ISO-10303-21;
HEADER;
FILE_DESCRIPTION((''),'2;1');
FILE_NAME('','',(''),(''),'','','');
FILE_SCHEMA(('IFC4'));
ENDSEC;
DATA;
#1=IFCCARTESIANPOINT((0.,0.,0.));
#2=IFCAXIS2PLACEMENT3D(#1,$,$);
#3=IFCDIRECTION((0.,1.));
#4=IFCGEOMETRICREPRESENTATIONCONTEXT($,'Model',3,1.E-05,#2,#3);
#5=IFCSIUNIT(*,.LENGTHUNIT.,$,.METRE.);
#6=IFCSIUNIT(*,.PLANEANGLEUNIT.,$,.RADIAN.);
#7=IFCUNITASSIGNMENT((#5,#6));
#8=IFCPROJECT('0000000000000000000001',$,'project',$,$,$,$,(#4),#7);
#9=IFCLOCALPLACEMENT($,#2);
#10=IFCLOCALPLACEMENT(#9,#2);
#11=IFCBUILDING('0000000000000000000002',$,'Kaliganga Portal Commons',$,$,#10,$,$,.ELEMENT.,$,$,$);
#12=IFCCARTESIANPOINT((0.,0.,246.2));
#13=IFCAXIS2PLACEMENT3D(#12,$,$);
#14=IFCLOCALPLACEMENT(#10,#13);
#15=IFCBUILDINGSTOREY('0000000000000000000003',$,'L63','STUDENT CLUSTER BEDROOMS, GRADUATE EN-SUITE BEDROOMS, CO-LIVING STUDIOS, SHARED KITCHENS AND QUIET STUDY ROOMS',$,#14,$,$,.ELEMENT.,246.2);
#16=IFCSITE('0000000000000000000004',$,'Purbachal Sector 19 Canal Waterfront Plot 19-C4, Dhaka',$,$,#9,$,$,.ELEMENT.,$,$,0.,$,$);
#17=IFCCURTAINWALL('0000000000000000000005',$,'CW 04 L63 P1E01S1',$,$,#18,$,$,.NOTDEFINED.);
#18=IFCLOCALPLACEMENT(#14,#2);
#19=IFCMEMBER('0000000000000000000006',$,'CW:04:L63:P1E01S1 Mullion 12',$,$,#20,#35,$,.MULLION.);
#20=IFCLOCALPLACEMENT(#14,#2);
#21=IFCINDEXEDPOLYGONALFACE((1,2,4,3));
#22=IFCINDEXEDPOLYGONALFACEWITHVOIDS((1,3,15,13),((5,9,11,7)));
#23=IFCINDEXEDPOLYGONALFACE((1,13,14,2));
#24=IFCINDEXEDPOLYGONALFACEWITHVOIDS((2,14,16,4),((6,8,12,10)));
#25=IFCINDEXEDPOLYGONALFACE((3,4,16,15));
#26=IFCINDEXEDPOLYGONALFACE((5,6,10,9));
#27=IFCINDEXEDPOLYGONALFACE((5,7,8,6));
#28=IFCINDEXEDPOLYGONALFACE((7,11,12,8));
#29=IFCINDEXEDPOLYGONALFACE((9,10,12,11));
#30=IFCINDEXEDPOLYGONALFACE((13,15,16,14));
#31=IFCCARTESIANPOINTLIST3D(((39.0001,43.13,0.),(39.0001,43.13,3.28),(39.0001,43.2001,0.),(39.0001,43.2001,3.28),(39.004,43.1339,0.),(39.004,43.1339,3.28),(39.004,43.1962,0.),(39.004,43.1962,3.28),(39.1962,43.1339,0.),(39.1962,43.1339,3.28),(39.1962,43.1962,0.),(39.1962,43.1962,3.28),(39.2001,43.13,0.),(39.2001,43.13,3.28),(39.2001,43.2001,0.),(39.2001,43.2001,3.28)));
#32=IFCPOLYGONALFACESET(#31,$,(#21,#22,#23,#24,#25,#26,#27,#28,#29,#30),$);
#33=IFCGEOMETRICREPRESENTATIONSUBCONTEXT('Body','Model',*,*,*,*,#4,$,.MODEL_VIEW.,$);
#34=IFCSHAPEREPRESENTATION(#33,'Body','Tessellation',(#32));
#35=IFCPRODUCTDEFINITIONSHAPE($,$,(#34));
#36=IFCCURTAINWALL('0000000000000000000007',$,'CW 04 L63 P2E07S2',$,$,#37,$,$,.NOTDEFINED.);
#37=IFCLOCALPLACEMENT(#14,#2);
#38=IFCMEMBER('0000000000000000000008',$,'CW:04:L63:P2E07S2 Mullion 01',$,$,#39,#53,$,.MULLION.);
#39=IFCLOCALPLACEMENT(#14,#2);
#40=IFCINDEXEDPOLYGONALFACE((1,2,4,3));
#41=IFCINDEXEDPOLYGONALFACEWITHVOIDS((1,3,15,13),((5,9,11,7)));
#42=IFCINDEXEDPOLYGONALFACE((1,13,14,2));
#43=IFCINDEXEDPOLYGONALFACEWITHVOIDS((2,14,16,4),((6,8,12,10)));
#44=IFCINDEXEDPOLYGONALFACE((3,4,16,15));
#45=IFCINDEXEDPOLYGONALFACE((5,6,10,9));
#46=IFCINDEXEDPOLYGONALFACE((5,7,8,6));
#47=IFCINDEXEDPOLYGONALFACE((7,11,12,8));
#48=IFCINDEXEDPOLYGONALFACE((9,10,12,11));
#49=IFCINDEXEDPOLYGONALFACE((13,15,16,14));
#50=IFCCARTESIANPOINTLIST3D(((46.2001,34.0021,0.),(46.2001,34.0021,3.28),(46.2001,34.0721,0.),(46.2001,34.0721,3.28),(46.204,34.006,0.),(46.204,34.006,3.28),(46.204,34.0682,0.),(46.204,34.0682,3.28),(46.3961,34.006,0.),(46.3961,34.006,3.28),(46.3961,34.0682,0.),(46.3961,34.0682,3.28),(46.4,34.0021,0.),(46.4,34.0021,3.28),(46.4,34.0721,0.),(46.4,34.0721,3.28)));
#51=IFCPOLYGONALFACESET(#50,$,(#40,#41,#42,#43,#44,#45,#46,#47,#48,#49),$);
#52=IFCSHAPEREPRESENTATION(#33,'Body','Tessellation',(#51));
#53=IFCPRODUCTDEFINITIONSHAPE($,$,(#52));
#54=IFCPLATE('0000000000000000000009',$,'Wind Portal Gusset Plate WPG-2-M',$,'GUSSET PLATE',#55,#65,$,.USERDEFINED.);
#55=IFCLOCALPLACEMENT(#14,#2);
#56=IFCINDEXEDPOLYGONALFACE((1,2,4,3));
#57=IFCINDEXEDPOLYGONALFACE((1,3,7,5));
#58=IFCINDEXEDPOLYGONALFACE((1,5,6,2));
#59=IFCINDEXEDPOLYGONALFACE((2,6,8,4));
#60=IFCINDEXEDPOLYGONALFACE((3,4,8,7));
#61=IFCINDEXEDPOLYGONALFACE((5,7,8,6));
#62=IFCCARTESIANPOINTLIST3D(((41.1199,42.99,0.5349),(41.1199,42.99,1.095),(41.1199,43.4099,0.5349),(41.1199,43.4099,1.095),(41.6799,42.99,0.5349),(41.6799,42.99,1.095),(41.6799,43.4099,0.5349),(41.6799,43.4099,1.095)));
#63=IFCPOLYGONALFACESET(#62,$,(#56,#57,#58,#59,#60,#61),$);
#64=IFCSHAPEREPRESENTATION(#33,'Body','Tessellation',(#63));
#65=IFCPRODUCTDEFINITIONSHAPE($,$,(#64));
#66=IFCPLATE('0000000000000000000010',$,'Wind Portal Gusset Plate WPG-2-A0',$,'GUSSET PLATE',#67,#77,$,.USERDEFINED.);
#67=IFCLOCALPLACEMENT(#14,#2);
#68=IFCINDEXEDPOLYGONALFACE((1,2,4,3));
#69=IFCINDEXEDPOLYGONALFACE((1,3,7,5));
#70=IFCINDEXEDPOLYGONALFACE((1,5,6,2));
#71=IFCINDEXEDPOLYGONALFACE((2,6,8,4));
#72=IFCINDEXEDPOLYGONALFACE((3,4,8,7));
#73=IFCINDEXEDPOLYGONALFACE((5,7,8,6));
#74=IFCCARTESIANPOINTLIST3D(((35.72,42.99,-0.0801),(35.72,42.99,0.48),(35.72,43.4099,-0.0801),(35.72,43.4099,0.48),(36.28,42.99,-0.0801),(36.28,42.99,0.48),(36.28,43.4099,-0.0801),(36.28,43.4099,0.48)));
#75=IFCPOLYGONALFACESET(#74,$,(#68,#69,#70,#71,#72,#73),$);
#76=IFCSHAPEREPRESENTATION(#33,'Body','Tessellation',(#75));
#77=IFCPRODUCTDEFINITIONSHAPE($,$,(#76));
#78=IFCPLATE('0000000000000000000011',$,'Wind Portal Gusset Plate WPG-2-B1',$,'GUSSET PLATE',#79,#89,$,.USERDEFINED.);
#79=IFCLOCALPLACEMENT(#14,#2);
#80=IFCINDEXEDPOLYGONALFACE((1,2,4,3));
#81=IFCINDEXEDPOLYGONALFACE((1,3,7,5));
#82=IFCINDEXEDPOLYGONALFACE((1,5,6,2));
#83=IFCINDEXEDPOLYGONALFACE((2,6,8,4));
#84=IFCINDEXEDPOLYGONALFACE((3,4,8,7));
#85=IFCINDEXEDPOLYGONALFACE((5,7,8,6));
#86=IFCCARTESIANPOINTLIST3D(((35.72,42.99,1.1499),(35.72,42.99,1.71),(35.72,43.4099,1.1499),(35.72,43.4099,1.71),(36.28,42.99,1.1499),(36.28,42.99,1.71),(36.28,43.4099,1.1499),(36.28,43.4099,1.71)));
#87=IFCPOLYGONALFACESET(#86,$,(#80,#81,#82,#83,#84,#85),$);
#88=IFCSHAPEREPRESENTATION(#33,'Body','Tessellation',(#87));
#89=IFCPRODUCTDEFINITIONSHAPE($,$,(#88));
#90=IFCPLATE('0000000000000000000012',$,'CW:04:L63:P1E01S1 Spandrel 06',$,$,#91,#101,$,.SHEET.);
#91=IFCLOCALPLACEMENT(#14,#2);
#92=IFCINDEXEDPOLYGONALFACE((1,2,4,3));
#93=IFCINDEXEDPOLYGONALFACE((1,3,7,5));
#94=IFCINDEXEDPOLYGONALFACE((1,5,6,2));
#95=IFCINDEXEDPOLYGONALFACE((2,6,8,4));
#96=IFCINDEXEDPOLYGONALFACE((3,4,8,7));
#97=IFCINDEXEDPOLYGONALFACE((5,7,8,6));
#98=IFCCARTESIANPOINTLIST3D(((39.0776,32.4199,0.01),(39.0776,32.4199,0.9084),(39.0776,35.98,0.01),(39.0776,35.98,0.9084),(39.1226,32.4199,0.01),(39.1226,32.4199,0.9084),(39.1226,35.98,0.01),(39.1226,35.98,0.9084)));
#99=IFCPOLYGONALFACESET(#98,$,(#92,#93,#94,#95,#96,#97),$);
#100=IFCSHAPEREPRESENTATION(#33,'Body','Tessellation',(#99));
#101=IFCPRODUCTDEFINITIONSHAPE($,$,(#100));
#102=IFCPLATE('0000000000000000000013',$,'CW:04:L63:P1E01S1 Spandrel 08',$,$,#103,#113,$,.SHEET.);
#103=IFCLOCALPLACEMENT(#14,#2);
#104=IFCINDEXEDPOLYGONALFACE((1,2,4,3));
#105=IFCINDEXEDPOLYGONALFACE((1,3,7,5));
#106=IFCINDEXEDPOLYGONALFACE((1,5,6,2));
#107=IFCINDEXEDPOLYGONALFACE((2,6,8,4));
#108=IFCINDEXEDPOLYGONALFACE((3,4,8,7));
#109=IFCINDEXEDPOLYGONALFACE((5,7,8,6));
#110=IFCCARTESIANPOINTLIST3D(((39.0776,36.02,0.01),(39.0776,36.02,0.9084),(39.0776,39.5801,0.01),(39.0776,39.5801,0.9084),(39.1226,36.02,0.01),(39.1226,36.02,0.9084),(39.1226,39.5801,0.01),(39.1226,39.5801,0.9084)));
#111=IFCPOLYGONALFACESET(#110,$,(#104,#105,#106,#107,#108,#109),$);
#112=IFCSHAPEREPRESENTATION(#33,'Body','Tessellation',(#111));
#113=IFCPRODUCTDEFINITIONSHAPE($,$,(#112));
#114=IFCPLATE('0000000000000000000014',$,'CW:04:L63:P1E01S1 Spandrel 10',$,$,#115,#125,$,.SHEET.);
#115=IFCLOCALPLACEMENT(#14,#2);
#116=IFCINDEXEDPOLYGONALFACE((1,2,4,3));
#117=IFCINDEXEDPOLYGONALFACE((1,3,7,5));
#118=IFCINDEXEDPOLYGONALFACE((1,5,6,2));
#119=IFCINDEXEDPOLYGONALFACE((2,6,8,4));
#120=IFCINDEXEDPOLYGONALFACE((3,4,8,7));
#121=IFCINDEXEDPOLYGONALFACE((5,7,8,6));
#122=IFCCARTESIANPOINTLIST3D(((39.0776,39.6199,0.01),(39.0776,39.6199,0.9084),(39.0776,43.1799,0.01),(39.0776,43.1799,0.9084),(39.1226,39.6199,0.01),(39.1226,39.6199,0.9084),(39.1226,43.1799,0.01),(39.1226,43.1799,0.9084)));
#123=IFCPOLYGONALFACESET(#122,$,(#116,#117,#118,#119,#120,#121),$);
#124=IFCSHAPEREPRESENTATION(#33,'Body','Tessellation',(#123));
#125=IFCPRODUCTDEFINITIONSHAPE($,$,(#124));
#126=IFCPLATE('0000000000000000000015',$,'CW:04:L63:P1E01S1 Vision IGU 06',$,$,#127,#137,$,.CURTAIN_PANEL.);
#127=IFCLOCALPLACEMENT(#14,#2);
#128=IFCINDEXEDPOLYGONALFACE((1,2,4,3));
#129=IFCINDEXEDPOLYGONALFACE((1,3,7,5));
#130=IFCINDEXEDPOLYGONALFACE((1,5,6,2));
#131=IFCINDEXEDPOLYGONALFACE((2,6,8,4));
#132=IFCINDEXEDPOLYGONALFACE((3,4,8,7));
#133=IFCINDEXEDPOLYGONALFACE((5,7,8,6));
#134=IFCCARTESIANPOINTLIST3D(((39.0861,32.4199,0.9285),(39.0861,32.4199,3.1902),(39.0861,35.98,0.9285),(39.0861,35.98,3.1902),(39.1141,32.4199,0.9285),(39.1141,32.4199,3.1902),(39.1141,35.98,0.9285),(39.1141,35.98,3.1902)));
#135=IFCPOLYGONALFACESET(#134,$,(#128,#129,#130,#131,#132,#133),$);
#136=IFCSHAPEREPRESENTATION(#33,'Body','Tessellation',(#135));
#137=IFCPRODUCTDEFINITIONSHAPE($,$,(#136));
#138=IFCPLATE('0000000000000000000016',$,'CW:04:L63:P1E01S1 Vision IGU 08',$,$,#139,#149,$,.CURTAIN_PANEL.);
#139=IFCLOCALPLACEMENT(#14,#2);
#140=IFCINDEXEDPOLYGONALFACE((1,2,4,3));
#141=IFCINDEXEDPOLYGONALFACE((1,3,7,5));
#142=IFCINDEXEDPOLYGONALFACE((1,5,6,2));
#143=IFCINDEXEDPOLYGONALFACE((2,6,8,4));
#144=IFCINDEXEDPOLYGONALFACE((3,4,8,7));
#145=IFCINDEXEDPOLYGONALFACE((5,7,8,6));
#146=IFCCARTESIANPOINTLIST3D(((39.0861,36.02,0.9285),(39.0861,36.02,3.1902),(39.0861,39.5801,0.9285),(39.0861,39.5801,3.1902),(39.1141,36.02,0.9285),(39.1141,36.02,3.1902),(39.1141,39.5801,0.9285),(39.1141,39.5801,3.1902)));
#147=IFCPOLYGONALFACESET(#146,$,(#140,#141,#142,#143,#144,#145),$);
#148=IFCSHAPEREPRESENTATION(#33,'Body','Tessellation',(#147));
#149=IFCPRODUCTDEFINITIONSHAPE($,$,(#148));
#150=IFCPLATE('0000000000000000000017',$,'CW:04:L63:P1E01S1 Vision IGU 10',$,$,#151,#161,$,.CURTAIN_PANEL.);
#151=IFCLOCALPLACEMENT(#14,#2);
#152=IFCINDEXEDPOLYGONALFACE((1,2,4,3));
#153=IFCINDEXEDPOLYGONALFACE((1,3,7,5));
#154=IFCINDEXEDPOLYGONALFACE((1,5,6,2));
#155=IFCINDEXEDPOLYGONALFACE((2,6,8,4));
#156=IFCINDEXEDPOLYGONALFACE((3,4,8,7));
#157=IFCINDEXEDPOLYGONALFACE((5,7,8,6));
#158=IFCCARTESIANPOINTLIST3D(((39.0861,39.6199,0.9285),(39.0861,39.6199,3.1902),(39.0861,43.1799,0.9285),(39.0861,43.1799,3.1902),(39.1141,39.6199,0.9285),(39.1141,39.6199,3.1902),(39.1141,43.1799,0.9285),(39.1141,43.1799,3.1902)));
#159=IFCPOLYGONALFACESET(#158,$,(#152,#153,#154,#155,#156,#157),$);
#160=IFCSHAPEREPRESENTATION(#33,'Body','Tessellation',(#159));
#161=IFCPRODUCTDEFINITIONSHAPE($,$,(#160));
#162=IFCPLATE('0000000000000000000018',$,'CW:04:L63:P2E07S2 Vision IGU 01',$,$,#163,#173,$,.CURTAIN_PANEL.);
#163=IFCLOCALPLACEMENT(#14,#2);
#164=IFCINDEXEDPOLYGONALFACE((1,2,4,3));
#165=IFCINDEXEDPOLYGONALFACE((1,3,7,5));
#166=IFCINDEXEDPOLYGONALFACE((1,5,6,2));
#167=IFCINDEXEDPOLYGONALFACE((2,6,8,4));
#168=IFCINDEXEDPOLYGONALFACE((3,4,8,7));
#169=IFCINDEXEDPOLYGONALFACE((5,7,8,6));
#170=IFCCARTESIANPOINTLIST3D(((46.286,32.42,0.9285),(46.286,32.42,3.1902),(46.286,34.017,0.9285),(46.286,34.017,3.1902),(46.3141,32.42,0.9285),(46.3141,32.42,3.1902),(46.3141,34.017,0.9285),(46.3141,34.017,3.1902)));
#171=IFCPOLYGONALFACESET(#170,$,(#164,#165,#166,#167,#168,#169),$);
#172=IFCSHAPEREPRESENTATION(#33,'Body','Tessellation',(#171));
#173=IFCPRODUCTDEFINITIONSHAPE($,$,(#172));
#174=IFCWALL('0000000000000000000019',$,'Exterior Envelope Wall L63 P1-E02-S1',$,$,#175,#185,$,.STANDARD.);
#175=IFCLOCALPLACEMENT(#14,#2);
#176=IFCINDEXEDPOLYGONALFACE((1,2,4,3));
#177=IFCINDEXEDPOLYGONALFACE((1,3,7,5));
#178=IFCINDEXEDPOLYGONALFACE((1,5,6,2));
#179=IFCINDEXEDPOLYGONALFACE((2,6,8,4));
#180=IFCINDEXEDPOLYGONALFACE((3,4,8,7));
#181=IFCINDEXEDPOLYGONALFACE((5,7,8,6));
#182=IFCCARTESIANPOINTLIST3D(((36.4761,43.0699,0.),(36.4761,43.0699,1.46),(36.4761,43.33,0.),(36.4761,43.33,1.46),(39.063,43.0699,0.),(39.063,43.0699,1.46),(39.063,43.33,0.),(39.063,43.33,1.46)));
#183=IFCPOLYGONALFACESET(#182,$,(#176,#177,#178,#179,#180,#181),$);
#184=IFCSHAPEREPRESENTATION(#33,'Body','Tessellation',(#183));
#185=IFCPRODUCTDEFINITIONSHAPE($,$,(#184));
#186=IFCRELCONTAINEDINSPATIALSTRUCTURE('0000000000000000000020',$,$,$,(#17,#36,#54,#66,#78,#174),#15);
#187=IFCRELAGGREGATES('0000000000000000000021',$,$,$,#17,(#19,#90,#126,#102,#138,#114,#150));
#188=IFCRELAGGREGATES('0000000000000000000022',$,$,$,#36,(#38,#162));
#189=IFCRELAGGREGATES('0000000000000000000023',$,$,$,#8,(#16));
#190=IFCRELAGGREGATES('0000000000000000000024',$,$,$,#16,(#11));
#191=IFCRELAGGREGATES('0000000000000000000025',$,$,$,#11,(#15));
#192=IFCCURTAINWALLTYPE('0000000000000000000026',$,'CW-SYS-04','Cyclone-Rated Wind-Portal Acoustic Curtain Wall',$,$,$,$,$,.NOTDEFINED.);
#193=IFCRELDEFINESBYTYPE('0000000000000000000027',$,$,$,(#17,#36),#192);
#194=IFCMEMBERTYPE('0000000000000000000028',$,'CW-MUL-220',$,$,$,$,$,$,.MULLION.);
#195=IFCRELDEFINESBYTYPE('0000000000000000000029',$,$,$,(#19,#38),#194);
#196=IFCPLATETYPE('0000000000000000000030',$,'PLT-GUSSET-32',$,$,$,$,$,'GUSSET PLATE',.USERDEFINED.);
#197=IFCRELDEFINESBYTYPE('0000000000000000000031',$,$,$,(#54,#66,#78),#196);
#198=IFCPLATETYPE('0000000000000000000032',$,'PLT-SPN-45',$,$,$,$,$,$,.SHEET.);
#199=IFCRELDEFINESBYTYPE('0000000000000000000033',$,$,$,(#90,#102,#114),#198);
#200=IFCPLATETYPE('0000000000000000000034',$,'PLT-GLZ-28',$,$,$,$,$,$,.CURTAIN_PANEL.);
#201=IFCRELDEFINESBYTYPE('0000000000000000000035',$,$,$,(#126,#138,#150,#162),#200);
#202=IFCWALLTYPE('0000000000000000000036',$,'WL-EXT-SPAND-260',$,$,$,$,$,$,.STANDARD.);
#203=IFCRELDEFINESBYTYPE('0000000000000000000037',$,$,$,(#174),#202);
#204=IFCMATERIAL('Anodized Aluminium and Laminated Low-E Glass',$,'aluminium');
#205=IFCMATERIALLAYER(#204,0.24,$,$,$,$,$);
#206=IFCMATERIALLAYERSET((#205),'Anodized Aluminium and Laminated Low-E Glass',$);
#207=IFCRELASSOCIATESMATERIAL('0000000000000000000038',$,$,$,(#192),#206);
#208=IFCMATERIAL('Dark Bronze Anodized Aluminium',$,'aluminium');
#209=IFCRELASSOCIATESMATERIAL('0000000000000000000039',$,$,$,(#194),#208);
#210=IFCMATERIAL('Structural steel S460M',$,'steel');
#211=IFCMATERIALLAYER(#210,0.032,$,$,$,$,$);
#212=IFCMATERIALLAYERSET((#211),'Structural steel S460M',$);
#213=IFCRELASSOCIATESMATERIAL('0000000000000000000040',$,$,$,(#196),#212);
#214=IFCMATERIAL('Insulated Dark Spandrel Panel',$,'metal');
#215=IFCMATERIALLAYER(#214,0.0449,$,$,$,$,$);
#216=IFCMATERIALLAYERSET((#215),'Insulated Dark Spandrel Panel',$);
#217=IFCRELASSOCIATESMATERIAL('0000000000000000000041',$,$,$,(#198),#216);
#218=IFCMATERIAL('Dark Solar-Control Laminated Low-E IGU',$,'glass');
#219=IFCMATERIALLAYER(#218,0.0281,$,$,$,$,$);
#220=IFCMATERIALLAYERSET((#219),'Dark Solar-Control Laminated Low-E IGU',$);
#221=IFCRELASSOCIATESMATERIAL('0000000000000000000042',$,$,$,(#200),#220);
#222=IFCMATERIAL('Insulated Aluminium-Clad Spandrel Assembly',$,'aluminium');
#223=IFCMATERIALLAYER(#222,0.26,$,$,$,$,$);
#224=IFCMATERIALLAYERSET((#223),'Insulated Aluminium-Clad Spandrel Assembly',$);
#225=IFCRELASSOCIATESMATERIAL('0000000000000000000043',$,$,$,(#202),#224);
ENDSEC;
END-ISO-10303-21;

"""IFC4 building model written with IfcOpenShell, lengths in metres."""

from ifc_helpers import new_model, si_unit, direction, frame, frame_2d, origin, origin_2d, place, context, subcontext, project, spatial, rectangle, hollow_rectangle, extrude, source, transform, mapped, material, layer, layer_set, material_profile, profile_set, type_object, element, aggregate, save


model = new_model("IFC4")

# Units and contexts
model_context = context("Model", 3, precision=1e-05, world=origin(), true_north=direction((0.0, 1.0)))
body_context = subcontext(model_context, "Body", "Model", "MODEL_VIEW")
ifc_project = project(units=[si_unit("LENGTHUNIT", "METRE"), si_unit("PLANEANGLEUNIT", "RADIAN")], contexts=[model_context])

# Site, building, storey
site_placement = place(None, origin())
site = spatial("IfcSite", under=ifc_project, at=site_placement, Name="Purbachal Sector 19 Canal Waterfront Plot 19-C4, Dhaka", CompositionType="ELEMENT", RefElevation=0.0)
building_placement = place(site_placement, origin())
building = spatial("IfcBuilding", under=site, at=building_placement, Name="Kaliganga Portal Commons", CompositionType="ELEMENT")
storey_placement = place(building_placement, frame((0.0, 0.0, 246.2)))
storey = spatial("IfcBuildingStorey", under=building, at=storey_placement, Name="L63", Description="STUDENT CLUSTER BEDROOMS, GRADUATE EN-SUITE BEDROOMS, CO-LIVING STUDIOS, SHARED KITCHENS AND QUIET STUDY ROOMS", CompositionType="ELEMENT", Elevation=246.2)

# Shared definitions
ifc_material_1 = material(Name="Structural steel S460M", Category="steel")

# Curtain wall, member
ifc_material_2 = material(Name="Anodized Aluminium and Laminated Low-E Glass", Category="aluminium")
ifc_layer_1 = layer(ifc_material_2, 0.24)
ifc_layer_set_1 = layer_set([ifc_layer_1], Name="Anodized Aluminium and Laminated Low-E Glass")
curtain_wall_type = type_object("IfcCurtainWallType", Name="CW-SYS-04", Description="Cyclone-Rated Wind-Portal Acoustic Curtain Wall", PredefinedType="NOTDEFINED", material=ifc_layer_set_1)
curtain_wall_1_placement = place(storey_placement, origin())
curtain_wall_1 = element("IfcCurtainWall", 1, at=curtain_wall_1_placement, inside=storey, type_object=curtain_wall_type, Name="CW 04 L63 P1E01S1", PredefinedType="NOTDEFINED")
ifc_material_3 = material(Name="Dark Bronze Anodized Aluminium", Category="aluminium")
ifc_material_profile_1 = material_profile(ifc_material_3, hollow_rectangle(XDim=0.0701, YDim=0.2, WallThickness=0.0039, at=origin_2d()), Name="ALU MULL 70x200x4")
ifc_profile_set_1 = profile_set([ifc_material_profile_1], Name="Dark Bronze Anodized Aluminium")
member_type_1 = type_object("IfcMemberType", Name="CW-MUL-220", PredefinedType="MULLION", material=ifc_profile_set_1)
shared_shape_1 = source(origin(), body_context, "Body", "SweptSolid", [
    extrude(hollow_rectangle(XDim=0.0701, YDim=0.2, WallThickness=0.0039, at=origin_2d()), origin(), (0.0, 0.0, 1.0), 3.28),
])
member_1_placement = place(storey_placement, frame((39.1001, 43.165, 0.0), z_axis=(0.0, 0.0, 1.0), x_axis=(0.0, 1.0, 0.0)))
member_1 = element("IfcMember", 2, at=member_1_placement, type_object=member_type_1, Name="CW:04:L63:P1E01S1 Mullion 12", PredefinedType="MULLION", context=body_context, shape_type="MappedRepresentation", body=[
    mapped(shared_shape_1, transform((0.0, 0.0, 0.0), x_axis=(1.0, 0.0, 0.0), y_axis=(0.0, 1.0, 0.0), z_axis=(0.0, 0.0, 1.0), scale=1.0)),
])

# Curtain wall, member
curtain_wall_2_placement = place(storey_placement, origin())
curtain_wall_2 = element("IfcCurtainWall", 3, at=curtain_wall_2_placement, inside=storey, type_object=curtain_wall_type, Name="CW 04 L63 P2E07S2", PredefinedType="NOTDEFINED")
member_2_placement = place(storey_placement, frame((46.3, 34.0371, 0.0), z_axis=(0.0, 0.0, 1.0), x_axis=(0.0, -1.0, 0.0)))
member_2 = element("IfcMember", 4, at=member_2_placement, type_object=member_type_1, Name="CW:04:L63:P2E07S2 Mullion 01", PredefinedType="MULLION", context=body_context, shape_type="MappedRepresentation", body=[
    mapped(shared_shape_1, transform((0.0, 0.0, 0.0), x_axis=(1.0, 0.0, 0.0), y_axis=(0.0, 1.0, 0.0), z_axis=(0.0, 0.0, 1.0), scale=1.0)),
])

# Plates
ifc_layer_2 = layer(ifc_material_1, 0.032)
ifc_layer_set_2 = layer_set([ifc_layer_2], Name="Structural steel S460M")
plate_type_1 = type_object("IfcPlateType", Name="PLT-GUSSET-32", ElementType="GUSSET PLATE", PredefinedType="USERDEFINED", material=ifc_layer_set_2)
shared_shape_2 = source(origin(), body_context, "Body", "SweptSolid", [
    extrude(rectangle(XDim=0.5601, YDim=0.4199, at=origin_2d()), origin(), (0.0, 0.0, 1.0), 0.5601),
])
for number, where, z_axis, x_axis, name in (
    (5, (41.3999, 43.2, 0.5349), (0.0, 0.0, 1.0), (1.0, 0.0, 0.0), "Wind Portal Gusset Plate WPG-2-M"),
    (6, (36.0, 43.2, -0.0801), (0.0, 0.0, 1.0), (1.0, 0.0, 0.0), "Wind Portal Gusset Plate WPG-2-A0"),
    (7, (36.0, 43.2, 1.1499), (0.0, 0.0, 1.0), (1.0, 0.0, 0.0), "Wind Portal Gusset Plate WPG-2-B1"),
):
    element("IfcPlate", number, at=place(storey_placement, frame(where, z_axis=z_axis, x_axis=x_axis)), inside=storey, type_object=plate_type_1, Name=name, ObjectType="GUSSET PLATE", PredefinedType="USERDEFINED", context=body_context, shape_type="MappedRepresentation", body=[
        mapped(shared_shape_2, transform((0.0, 0.0, 0.0), x_axis=(1.0, 0.0, 0.0), y_axis=(0.0, 1.0, 0.0), z_axis=(0.0, 0.0, 1.0), scale=1.0)),
    ])

# Plates
ifc_material_4 = material(Name="Insulated Dark Spandrel Panel", Category="metal")
ifc_layer_3 = layer(ifc_material_4, 0.0449)
ifc_layer_set_3 = layer_set([ifc_layer_3], Name="Insulated Dark Spandrel Panel")
plate_type_2 = type_object("IfcPlateType", Name="PLT-SPN-45", PredefinedType="SHEET", material=ifc_layer_set_3)
shared_shape_3 = source(origin(), body_context, "Body", "SweptSolid", [
    extrude(rectangle(XDim=3.5601, YDim=0.0449, at=origin_2d()), origin(), (0.0, 0.0, 1.0), 0.8984),
])
plate_1_placement = place(storey_placement, frame((39.1001, 34.2, 0.01), z_axis=(0.0, 0.0, 1.0), x_axis=(0.0, 1.0, 0.0)))
plate_1 = element("IfcPlate", 8, at=plate_1_placement, type_object=plate_type_2, Name="CW:04:L63:P1E01S1 Spandrel 06", PredefinedType="SHEET", context=body_context, shape_type="MappedRepresentation", body=[
    mapped(shared_shape_3, transform((0.0, 0.0, 0.0), x_axis=(1.0, 0.0, 0.0), y_axis=(0.0, 1.0, 0.0), z_axis=(0.0, 0.0, 1.0), scale=1.0)),
])
plate_2_placement = place(storey_placement, frame((39.1001, 37.8, 0.01), z_axis=(0.0, 0.0, 1.0), x_axis=(0.0, 1.0, 0.0)))
plate_2 = element("IfcPlate", 9, at=plate_2_placement, type_object=plate_type_2, Name="CW:04:L63:P1E01S1 Spandrel 08", PredefinedType="SHEET", context=body_context, shape_type="MappedRepresentation", body=[
    mapped(shared_shape_3, transform((0.0, 0.0, 0.0), x_axis=(1.0, 0.0, 0.0), y_axis=(0.0, 1.0, 0.0), z_axis=(0.0, 0.0, 1.0), scale=1.0)),
])
plate_3_placement = place(storey_placement, frame((39.1001, 41.3999, 0.01), z_axis=(0.0, 0.0, 1.0), x_axis=(0.0, 1.0, 0.0)))
plate_3 = element("IfcPlate", 10, at=plate_3_placement, type_object=plate_type_2, Name="CW:04:L63:P1E01S1 Spandrel 10", PredefinedType="SHEET", context=body_context, shape_type="MappedRepresentation", body=[
    mapped(shared_shape_3, transform((0.0, 0.0, 0.0), x_axis=(1.0, 0.0, 0.0), y_axis=(0.0, 1.0, 0.0), z_axis=(0.0, 0.0, 1.0), scale=1.0)),
])
ifc_material_5 = material(Name="Dark Solar-Control Laminated Low-E IGU", Category="glass")
ifc_layer_4 = layer(ifc_material_5, 0.0281)
ifc_layer_set_4 = layer_set([ifc_layer_4], Name="Dark Solar-Control Laminated Low-E IGU")
plate_type_3 = type_object("IfcPlateType", Name="PLT-GLZ-28", PredefinedType="CURTAIN_PANEL", material=ifc_layer_set_4)
shared_shape_4 = source(origin(), body_context, "Body", "SweptSolid", [
    extrude(rectangle(XDim=3.5601, YDim=0.0281, at=origin_2d()), origin(), (0.0, 0.0, 1.0), 2.2617),
])
plate_4_placement = place(storey_placement, frame((39.1001, 34.2, 0.9285), z_axis=(0.0, 0.0, 1.0), x_axis=(0.0, 1.0, 0.0)))
plate_4 = element("IfcPlate", 11, at=plate_4_placement, type_object=plate_type_3, Name="CW:04:L63:P1E01S1 Vision IGU 06", PredefinedType="CURTAIN_PANEL", context=body_context, shape_type="MappedRepresentation", body=[
    mapped(shared_shape_4, transform((0.0, 0.0, 0.0), x_axis=(1.0, 0.0, 0.0), y_axis=(0.0, 1.0, 0.0), z_axis=(0.0, 0.0, 1.0), scale=1.0)),
])
plate_5_placement = place(storey_placement, frame((39.1001, 37.8, 0.9285), z_axis=(0.0, 0.0, 1.0), x_axis=(0.0, 1.0, 0.0)))
plate_5 = element("IfcPlate", 12, at=plate_5_placement, type_object=plate_type_3, Name="CW:04:L63:P1E01S1 Vision IGU 08", PredefinedType="CURTAIN_PANEL", context=body_context, shape_type="MappedRepresentation", body=[
    mapped(shared_shape_4, transform((0.0, 0.0, 0.0), x_axis=(1.0, 0.0, 0.0), y_axis=(0.0, 1.0, 0.0), z_axis=(0.0, 0.0, 1.0), scale=1.0)),
])
plate_6_placement = place(storey_placement, frame((39.1001, 41.3999, 0.9285), z_axis=(0.0, 0.0, 1.0), x_axis=(0.0, 1.0, 0.0)))
plate_6 = element("IfcPlate", 13, at=plate_6_placement, type_object=plate_type_3, Name="CW:04:L63:P1E01S1 Vision IGU 10", PredefinedType="CURTAIN_PANEL", context=body_context, shape_type="MappedRepresentation", body=[
    mapped(shared_shape_4, transform((0.0, 0.0, 0.0), x_axis=(1.0, 0.0, 0.0), y_axis=(0.0, 1.0, 0.0), z_axis=(0.0, 0.0, 1.0), scale=1.0)),
])
aggregate(curtain_wall_1, [member_1, plate_1, plate_4, plate_2, plate_5, plate_3, plate_6])
shared_shape_5 = source(origin(), body_context, "Body", "SweptSolid", [
    extrude(rectangle(XDim=1.5969, YDim=0.0281, at=origin_2d()), origin(), (0.0, 0.0, 1.0), 2.2617),
])
plate_7_placement = place(storey_placement, frame((46.3, 33.2185, 0.9285), z_axis=(0.0, 0.0, 1.0), x_axis=(0.0, -1.0, 0.0)))
plate_7 = element("IfcPlate", 14, at=plate_7_placement, type_object=plate_type_3, Name="CW:04:L63:P2E07S2 Vision IGU 01", PredefinedType="CURTAIN_PANEL", context=body_context, shape_type="MappedRepresentation", body=[
    mapped(shared_shape_5, transform((0.0, 0.0, 0.0), x_axis=(1.0, 0.0, 0.0), y_axis=(0.0, 1.0, 0.0), z_axis=(0.0, 0.0, 1.0), scale=1.0)),
])
aggregate(curtain_wall_2, [member_2, plate_7])

# Wall
ifc_material_6 = material(Name="Insulated Aluminium-Clad Spandrel Assembly", Category="aluminium")
ifc_layer_5 = layer(ifc_material_6, 0.26)
ifc_layer_set_5 = layer_set([ifc_layer_5], Name="Insulated Aluminium-Clad Spandrel Assembly")
wall_type_1 = type_object("IfcWallType", Name="WL-EXT-SPAND-260", PredefinedType="STANDARD", material=ifc_layer_set_5)
wall_1_placement = place(storey_placement, frame((36.4761, 43.2, 0.0), z_axis=(0.0, 0.0, 1.0), x_axis=(1.0, 0.0, 0.0)))
element("IfcWall", 15, at=wall_1_placement, inside=storey, type_object=wall_type_1, Name="Exterior Envelope Wall L63 P1-E02-S1", PredefinedType="STANDARD", context=body_context, shape_type="SweptSolid", body=[
    extrude(rectangle(XDim=2.5869, YDim=0.26, at=frame_2d((1.2935, 0.0))), origin(), (0.0, 0.0, 1.0), 1.46),
])

save(model, "model.ifc")
